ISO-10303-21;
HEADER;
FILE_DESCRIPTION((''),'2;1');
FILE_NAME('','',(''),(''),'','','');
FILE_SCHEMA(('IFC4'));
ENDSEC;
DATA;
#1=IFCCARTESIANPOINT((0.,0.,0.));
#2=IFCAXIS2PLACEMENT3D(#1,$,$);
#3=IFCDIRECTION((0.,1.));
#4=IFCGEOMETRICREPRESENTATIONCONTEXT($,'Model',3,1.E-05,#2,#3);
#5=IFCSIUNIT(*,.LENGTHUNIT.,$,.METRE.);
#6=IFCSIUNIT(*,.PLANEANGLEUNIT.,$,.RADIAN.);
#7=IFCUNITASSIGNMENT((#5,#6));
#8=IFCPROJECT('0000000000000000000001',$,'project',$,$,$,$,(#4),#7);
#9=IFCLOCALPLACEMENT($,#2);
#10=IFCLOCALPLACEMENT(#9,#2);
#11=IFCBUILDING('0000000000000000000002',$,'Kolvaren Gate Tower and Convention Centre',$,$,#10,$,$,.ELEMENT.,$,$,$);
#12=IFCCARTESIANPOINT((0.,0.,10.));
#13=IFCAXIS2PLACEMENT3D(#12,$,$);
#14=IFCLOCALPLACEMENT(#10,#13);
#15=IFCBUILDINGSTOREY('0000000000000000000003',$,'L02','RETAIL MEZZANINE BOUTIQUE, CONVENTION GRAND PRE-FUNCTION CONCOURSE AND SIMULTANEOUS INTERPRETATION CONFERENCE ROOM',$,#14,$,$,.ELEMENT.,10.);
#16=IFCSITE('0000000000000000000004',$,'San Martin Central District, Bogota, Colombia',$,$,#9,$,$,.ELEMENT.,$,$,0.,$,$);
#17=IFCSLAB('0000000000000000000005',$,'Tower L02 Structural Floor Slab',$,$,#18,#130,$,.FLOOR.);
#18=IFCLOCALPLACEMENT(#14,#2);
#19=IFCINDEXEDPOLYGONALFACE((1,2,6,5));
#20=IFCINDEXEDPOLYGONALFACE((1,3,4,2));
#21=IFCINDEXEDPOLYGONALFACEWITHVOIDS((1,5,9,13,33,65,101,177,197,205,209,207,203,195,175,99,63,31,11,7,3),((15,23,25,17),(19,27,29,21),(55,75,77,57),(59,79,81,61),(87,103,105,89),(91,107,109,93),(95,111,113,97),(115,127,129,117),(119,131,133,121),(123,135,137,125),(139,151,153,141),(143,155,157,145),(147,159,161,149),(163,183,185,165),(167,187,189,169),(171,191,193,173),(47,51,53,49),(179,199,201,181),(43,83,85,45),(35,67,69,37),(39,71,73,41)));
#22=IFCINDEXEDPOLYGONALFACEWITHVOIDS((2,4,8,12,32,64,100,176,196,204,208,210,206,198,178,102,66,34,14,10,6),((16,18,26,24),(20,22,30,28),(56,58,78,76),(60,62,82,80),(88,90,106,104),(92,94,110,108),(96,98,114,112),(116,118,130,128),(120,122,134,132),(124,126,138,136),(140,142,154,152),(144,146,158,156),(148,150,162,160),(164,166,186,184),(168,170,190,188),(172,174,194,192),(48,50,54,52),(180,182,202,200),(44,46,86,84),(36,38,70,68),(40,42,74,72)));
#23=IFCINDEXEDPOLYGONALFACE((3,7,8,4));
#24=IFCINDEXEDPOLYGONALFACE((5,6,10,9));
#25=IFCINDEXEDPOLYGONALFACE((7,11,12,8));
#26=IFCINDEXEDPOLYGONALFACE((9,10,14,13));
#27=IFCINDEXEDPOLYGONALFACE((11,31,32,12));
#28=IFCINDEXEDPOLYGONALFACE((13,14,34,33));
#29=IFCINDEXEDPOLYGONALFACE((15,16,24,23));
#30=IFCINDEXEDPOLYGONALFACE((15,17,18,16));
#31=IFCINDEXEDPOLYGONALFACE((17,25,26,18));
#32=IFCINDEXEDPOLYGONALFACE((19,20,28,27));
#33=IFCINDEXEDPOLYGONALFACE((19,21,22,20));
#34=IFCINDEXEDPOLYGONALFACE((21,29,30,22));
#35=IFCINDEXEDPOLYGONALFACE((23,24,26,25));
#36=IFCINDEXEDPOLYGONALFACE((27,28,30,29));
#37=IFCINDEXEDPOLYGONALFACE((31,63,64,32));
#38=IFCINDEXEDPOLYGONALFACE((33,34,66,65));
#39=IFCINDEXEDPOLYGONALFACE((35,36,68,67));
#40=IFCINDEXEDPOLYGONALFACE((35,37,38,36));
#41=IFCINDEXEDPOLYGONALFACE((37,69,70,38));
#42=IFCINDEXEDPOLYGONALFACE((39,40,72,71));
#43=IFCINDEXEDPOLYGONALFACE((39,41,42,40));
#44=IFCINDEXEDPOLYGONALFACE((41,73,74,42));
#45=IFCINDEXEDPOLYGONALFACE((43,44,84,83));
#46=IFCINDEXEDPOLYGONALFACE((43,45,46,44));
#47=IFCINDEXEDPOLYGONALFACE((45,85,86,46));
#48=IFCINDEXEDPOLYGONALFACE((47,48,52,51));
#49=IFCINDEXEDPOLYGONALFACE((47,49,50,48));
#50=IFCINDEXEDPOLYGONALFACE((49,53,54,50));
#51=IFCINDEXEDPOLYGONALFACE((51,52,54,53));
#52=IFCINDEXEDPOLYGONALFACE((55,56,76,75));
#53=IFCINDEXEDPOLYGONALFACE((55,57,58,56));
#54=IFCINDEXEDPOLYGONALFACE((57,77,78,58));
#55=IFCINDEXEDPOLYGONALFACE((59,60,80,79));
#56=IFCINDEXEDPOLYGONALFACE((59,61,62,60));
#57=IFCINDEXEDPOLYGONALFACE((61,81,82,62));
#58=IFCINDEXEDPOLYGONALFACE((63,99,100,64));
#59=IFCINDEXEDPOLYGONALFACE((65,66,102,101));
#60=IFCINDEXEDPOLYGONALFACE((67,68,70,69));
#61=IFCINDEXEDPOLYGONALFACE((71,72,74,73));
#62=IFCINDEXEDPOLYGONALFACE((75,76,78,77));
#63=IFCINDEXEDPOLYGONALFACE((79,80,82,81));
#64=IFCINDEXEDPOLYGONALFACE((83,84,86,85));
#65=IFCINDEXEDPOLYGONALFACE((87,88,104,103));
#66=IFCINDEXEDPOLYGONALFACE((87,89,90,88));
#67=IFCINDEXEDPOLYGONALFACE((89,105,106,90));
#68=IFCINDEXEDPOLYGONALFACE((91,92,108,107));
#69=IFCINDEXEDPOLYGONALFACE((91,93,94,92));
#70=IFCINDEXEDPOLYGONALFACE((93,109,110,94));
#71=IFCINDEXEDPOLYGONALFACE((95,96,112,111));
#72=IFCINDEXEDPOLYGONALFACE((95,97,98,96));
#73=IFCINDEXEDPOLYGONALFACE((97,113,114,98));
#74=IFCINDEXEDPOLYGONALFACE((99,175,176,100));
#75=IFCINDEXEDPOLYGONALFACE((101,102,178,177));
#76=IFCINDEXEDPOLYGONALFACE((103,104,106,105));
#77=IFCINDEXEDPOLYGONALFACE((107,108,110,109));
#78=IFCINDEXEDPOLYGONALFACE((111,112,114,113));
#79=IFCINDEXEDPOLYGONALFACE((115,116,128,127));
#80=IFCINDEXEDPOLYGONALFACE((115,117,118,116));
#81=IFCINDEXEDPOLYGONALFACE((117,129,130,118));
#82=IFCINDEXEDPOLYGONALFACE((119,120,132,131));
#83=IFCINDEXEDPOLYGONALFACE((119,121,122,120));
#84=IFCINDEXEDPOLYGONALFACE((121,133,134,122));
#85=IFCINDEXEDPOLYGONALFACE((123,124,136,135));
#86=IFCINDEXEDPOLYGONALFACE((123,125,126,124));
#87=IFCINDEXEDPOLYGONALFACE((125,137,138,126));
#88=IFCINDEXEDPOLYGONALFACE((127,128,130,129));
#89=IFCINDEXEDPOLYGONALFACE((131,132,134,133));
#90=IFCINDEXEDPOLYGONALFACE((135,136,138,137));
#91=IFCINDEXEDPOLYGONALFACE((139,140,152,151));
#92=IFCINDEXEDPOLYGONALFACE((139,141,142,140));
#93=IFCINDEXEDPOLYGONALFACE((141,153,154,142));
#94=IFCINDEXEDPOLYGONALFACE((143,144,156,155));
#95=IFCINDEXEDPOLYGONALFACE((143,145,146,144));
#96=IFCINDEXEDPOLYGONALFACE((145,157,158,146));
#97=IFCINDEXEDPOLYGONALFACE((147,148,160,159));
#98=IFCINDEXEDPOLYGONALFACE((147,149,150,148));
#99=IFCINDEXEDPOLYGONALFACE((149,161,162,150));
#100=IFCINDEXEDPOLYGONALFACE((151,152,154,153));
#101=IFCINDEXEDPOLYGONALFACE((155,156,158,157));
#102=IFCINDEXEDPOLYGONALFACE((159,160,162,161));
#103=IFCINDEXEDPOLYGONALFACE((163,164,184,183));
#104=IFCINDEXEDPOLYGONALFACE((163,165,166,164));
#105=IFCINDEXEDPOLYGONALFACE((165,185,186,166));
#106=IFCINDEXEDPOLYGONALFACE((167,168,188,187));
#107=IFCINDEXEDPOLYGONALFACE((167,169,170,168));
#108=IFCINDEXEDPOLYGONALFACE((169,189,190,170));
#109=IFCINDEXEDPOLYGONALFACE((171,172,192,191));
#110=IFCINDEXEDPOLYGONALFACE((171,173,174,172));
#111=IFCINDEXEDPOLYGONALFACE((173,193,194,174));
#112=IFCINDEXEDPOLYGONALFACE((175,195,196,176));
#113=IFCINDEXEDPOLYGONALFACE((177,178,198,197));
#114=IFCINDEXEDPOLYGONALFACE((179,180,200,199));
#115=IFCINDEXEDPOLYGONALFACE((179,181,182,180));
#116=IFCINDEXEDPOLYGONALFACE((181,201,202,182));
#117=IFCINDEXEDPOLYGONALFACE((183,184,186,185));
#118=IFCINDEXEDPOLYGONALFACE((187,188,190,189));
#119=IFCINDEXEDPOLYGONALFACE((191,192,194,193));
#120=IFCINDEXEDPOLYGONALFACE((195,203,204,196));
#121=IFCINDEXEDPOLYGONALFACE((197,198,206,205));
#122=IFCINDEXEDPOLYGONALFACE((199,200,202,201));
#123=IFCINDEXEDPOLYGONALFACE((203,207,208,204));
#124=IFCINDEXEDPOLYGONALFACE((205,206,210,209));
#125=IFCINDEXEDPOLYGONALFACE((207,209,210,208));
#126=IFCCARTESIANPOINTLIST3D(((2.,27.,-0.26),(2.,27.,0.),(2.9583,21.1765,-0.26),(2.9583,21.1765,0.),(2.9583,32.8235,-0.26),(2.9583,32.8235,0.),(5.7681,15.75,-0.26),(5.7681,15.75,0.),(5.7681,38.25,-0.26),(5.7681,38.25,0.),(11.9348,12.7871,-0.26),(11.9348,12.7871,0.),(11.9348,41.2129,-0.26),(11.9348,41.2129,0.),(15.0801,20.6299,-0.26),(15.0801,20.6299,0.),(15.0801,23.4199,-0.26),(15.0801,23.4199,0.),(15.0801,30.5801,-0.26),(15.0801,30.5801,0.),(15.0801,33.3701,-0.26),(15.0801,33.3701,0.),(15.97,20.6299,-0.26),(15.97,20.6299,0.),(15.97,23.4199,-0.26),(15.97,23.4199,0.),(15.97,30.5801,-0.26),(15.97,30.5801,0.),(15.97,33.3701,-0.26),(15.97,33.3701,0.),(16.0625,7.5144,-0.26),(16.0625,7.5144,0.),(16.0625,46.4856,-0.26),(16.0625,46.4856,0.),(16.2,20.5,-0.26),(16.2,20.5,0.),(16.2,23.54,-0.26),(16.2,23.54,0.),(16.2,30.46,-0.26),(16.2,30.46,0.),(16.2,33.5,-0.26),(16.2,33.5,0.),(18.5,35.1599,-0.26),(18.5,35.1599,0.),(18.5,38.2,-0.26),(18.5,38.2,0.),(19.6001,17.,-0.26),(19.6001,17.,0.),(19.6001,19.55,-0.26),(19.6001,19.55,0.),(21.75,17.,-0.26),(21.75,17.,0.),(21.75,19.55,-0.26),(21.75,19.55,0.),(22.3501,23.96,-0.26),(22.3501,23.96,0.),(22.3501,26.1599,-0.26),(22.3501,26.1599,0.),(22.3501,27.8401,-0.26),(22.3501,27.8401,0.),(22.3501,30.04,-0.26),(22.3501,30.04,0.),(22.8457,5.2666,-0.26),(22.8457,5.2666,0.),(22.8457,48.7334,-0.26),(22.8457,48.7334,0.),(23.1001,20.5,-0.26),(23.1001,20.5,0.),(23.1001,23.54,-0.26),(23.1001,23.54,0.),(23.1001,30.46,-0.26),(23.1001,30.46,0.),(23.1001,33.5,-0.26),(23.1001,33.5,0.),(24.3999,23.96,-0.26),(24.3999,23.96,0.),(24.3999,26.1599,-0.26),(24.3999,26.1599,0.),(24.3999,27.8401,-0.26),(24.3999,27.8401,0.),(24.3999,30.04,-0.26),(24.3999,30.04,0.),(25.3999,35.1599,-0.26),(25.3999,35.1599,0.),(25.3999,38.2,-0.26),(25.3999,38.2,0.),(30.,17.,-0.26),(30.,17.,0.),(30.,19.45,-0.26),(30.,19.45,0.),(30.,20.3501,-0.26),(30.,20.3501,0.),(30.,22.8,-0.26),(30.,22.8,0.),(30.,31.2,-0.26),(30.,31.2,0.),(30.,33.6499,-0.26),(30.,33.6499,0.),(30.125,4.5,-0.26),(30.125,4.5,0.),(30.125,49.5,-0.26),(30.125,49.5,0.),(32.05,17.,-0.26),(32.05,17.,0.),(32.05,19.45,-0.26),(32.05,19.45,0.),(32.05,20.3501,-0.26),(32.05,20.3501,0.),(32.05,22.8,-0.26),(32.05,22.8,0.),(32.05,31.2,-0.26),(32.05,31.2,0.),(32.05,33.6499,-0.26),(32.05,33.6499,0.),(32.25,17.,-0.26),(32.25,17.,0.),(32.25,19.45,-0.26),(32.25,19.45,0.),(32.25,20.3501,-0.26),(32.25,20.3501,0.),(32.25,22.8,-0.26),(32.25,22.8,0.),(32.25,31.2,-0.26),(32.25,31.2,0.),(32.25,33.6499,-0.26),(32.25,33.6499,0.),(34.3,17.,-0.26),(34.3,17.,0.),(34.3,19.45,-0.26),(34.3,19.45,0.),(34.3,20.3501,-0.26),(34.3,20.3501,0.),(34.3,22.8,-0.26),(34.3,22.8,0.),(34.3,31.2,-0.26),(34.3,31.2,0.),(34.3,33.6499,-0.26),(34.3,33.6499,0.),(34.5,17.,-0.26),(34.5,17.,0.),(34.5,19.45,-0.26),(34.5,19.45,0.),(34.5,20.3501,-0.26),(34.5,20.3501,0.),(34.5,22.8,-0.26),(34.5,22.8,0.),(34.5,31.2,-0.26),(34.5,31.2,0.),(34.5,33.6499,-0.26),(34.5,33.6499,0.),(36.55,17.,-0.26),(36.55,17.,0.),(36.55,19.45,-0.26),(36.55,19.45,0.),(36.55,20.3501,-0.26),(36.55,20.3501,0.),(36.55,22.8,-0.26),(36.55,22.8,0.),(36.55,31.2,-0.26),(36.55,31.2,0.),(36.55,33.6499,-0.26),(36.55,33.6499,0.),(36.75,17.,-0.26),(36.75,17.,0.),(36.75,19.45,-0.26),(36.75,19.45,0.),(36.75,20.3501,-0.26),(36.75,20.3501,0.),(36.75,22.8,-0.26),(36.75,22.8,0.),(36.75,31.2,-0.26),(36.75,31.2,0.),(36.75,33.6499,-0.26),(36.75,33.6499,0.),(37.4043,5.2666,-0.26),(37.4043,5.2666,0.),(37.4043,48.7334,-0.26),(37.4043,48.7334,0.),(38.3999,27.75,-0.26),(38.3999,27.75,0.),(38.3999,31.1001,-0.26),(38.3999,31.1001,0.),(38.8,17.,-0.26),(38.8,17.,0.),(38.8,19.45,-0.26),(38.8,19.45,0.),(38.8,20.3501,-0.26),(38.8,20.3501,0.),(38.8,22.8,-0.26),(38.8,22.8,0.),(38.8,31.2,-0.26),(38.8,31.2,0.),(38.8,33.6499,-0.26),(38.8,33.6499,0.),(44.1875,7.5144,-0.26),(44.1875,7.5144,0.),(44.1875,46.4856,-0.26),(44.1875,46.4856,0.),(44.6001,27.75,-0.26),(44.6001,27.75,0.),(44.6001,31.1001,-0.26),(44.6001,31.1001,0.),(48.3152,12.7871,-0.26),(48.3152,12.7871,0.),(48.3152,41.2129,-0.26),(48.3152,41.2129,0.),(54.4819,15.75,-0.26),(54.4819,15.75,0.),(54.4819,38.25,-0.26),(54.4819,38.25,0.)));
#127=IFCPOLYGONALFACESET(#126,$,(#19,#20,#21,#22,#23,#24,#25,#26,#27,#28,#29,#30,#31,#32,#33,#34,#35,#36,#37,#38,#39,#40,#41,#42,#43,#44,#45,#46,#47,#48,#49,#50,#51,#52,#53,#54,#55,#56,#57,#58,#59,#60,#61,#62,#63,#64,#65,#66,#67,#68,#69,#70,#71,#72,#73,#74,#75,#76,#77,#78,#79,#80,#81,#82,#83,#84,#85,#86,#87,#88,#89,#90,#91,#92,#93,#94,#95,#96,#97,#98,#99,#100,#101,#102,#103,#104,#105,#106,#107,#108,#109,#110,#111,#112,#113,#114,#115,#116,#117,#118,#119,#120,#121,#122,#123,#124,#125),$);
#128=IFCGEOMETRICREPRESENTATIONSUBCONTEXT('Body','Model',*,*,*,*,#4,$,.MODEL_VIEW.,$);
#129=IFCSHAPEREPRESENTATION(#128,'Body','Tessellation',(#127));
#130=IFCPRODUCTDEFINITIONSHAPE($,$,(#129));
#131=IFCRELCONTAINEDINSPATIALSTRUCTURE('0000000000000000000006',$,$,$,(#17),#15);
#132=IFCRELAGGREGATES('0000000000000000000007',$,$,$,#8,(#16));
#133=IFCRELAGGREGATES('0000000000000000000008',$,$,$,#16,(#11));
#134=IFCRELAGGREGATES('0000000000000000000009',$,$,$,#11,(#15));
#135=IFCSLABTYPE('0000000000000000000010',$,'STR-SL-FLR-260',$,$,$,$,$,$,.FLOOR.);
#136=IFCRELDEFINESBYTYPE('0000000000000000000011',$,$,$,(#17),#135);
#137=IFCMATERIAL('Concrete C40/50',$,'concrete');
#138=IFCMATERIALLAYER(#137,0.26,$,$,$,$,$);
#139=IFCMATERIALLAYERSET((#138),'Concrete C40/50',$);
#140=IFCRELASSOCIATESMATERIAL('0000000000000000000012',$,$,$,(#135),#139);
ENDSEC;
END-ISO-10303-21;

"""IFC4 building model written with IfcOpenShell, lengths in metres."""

from ifc_helpers import new_model, si_unit, direction, frame, origin, place, context, subcontext, project, spatial, polyline, outline, extrude, material, layer, layer_set, type_object, element, save


model = new_model("IFC4")

# Units and contexts
model_context = context("Model", 3, precision=1e-05, world=origin(), true_north=direction((0.0, 1.0)))
body_context = subcontext(model_context, "Body", "Model", "MODEL_VIEW")
ifc_project = project(units=[si_unit("LENGTHUNIT", "METRE"), si_unit("PLANEANGLEUNIT", "RADIAN")], contexts=[model_context])

# Site, building, storey
site_placement = place(None, origin())
site = spatial("IfcSite", under=ifc_project, at=site_placement, Name="San Martin Central District, Bogota, Colombia", CompositionType="ELEMENT", RefElevation=0.0)
building_placement = place(site_placement, origin())
building = spatial("IfcBuilding", under=site, at=building_placement, Name="Kolvaren Gate Tower and Convention Centre", CompositionType="ELEMENT")
storey_placement = place(building_placement, frame((0.0, 0.0, 10.0)))
storey = spatial("IfcBuildingStorey", under=building, at=storey_placement, Name="L02", Description="RETAIL MEZZANINE BOUTIQUE, CONVENTION GRAND PRE-FUNCTION CONCOURSE AND SIMULTANEOUS INTERPRETATION CONFERENCE ROOM", CompositionType="ELEMENT", Elevation=10.0)

# Slab
ifc_material_1 = material(Name="Concrete C40/50", Category="concrete")
ifc_layer_1 = layer(ifc_material_1, 0.26)
ifc_layer_set_1 = layer_set([ifc_layer_1], Name="Concrete C40/50")
slab_type_1 = type_object("IfcSlabType", Name="STR-SL-FLR-260", PredefinedType="FLOOR", material=ifc_layer_set_1)
slab_1_placement = place(storey_placement, frame((0.0, 0.0, -0.26)))
element("IfcSlab", 1, at=slab_1_placement, inside=storey, type_object=slab_type_1, Name="Tower L02 Structural Floor Slab", PredefinedType="FLOOR", context=body_context, shape_type="SweptSolid", body=[
    extrude(outline(polyline([(54.4819, 38.25), (48.3152, 41.2129), (44.1875, 46.4856), (37.4043, 48.7334), (30.125, 49.5), (22.8457, 48.7334), (16.0625, 46.4856), (11.9348, 41.2129), (5.7681, 38.25), (2.9583, 32.8235), (2.0, 27.0), (2.9583, 21.1765), (5.7681, 15.75), (11.9348, 12.7871), (16.0625, 7.5144), (22.8457, 5.2666), (30.125, 4.5), (37.4043, 5.2666), (44.1875, 7.5144), (48.3152, 12.7871), (54.4819, 15.75), (54.4819, 38.25)]), holes=[polyline([(38.3999, 31.1001), (44.6001, 31.1001), (44.6001, 27.75), (38.3999, 27.75), (38.3999, 31.1001)]), polyline([(36.75, 33.6499), (38.8, 33.6499), (38.8, 31.2), (36.75, 31.2), (36.75, 33.6499)]), polyline([(36.75, 22.8), (38.8, 22.8), (38.8, 20.3501), (36.75, 20.3501), (36.75, 22.8)]), polyline([(36.75, 19.45), (38.8, 19.45), (38.8, 17.0), (36.75, 17.0), (36.75, 19.45)]), polyline([(34.5, 33.6499), (36.55, 33.6499), (36.55, 31.2), (34.5, 31.2), (34.5, 33.6499)]), polyline([(34.5, 20.3501), (34.5, 22.8), (36.55, 22.8), (36.55, 20.3501), (34.5, 20.3501)]), polyline([(34.5, 17.0), (34.5, 19.45), (36.55, 19.45), (36.55, 17.0), (34.5, 17.0)]), polyline([(32.25, 31.2), (32.25, 33.6499), (34.3, 33.6499), (34.3, 31.2), (32.25, 31.2)]), polyline([(32.25, 22.8), (34.3, 22.8), (34.3, 20.3501), (32.25, 20.3501), (32.25, 22.8)]), polyline([(32.25, 17.0), (32.25, 19.45), (34.3, 19.45), (34.3, 17.0), (32.25, 17.0)]), polyline([(30.0, 33.6499), (32.05, 33.6499), (32.05, 31.2), (30.0, 31.2), (30.0, 33.6499)]), polyline([(30.0, 20.3501), (30.0, 22.8), (32.05, 22.8), (32.05, 20.3501), (30.0, 20.3501)]), polyline([(30.0, 17.0), (30.0, 19.45), (32.05, 19.45), (32.05, 17.0), (30.0, 17.0)]), polyline([(25.3999, 38.2), (25.3999, 35.1599), (18.5, 35.1599), (18.5, 38.2), (25.3999, 38.2)]), polyline([(22.3501, 27.8401), (22.3501, 30.04), (24.3999, 30.04), (24.3999, 27.8401), (22.3501, 27.8401)]), polyline([(22.3501, 23.96), (22.3501, 26.1599), (24.3999, 26.1599), (24.3999, 23.96), (22.3501, 23.96)]), polyline([(23.1001, 30.46), (16.2, 30.46), (16.2, 33.5), (23.1001, 33.5), (23.1001, 30.46)]), polyline([(23.1001, 20.5), (16.2, 20.5), (16.2, 23.54), (23.1001, 23.54), (23.1001, 20.5)]), polyline([(19.6001, 17.0), (19.6001, 19.55), (21.75, 19.55), (21.75, 17.0), (19.6001, 17.0)]), polyline([(15.0801, 23.4199), (15.97, 23.4199), (15.97, 20.6299), (15.0801, 20.6299), (15.0801, 23.4199)]), polyline([(15.0801, 30.5801), (15.0801, 33.3701), (15.97, 33.3701), (15.97, 30.5801), (15.0801, 30.5801)])]), origin(), (0.0, 0.0, 1.0), 0.26),
])

save(model, "model.ifc")
